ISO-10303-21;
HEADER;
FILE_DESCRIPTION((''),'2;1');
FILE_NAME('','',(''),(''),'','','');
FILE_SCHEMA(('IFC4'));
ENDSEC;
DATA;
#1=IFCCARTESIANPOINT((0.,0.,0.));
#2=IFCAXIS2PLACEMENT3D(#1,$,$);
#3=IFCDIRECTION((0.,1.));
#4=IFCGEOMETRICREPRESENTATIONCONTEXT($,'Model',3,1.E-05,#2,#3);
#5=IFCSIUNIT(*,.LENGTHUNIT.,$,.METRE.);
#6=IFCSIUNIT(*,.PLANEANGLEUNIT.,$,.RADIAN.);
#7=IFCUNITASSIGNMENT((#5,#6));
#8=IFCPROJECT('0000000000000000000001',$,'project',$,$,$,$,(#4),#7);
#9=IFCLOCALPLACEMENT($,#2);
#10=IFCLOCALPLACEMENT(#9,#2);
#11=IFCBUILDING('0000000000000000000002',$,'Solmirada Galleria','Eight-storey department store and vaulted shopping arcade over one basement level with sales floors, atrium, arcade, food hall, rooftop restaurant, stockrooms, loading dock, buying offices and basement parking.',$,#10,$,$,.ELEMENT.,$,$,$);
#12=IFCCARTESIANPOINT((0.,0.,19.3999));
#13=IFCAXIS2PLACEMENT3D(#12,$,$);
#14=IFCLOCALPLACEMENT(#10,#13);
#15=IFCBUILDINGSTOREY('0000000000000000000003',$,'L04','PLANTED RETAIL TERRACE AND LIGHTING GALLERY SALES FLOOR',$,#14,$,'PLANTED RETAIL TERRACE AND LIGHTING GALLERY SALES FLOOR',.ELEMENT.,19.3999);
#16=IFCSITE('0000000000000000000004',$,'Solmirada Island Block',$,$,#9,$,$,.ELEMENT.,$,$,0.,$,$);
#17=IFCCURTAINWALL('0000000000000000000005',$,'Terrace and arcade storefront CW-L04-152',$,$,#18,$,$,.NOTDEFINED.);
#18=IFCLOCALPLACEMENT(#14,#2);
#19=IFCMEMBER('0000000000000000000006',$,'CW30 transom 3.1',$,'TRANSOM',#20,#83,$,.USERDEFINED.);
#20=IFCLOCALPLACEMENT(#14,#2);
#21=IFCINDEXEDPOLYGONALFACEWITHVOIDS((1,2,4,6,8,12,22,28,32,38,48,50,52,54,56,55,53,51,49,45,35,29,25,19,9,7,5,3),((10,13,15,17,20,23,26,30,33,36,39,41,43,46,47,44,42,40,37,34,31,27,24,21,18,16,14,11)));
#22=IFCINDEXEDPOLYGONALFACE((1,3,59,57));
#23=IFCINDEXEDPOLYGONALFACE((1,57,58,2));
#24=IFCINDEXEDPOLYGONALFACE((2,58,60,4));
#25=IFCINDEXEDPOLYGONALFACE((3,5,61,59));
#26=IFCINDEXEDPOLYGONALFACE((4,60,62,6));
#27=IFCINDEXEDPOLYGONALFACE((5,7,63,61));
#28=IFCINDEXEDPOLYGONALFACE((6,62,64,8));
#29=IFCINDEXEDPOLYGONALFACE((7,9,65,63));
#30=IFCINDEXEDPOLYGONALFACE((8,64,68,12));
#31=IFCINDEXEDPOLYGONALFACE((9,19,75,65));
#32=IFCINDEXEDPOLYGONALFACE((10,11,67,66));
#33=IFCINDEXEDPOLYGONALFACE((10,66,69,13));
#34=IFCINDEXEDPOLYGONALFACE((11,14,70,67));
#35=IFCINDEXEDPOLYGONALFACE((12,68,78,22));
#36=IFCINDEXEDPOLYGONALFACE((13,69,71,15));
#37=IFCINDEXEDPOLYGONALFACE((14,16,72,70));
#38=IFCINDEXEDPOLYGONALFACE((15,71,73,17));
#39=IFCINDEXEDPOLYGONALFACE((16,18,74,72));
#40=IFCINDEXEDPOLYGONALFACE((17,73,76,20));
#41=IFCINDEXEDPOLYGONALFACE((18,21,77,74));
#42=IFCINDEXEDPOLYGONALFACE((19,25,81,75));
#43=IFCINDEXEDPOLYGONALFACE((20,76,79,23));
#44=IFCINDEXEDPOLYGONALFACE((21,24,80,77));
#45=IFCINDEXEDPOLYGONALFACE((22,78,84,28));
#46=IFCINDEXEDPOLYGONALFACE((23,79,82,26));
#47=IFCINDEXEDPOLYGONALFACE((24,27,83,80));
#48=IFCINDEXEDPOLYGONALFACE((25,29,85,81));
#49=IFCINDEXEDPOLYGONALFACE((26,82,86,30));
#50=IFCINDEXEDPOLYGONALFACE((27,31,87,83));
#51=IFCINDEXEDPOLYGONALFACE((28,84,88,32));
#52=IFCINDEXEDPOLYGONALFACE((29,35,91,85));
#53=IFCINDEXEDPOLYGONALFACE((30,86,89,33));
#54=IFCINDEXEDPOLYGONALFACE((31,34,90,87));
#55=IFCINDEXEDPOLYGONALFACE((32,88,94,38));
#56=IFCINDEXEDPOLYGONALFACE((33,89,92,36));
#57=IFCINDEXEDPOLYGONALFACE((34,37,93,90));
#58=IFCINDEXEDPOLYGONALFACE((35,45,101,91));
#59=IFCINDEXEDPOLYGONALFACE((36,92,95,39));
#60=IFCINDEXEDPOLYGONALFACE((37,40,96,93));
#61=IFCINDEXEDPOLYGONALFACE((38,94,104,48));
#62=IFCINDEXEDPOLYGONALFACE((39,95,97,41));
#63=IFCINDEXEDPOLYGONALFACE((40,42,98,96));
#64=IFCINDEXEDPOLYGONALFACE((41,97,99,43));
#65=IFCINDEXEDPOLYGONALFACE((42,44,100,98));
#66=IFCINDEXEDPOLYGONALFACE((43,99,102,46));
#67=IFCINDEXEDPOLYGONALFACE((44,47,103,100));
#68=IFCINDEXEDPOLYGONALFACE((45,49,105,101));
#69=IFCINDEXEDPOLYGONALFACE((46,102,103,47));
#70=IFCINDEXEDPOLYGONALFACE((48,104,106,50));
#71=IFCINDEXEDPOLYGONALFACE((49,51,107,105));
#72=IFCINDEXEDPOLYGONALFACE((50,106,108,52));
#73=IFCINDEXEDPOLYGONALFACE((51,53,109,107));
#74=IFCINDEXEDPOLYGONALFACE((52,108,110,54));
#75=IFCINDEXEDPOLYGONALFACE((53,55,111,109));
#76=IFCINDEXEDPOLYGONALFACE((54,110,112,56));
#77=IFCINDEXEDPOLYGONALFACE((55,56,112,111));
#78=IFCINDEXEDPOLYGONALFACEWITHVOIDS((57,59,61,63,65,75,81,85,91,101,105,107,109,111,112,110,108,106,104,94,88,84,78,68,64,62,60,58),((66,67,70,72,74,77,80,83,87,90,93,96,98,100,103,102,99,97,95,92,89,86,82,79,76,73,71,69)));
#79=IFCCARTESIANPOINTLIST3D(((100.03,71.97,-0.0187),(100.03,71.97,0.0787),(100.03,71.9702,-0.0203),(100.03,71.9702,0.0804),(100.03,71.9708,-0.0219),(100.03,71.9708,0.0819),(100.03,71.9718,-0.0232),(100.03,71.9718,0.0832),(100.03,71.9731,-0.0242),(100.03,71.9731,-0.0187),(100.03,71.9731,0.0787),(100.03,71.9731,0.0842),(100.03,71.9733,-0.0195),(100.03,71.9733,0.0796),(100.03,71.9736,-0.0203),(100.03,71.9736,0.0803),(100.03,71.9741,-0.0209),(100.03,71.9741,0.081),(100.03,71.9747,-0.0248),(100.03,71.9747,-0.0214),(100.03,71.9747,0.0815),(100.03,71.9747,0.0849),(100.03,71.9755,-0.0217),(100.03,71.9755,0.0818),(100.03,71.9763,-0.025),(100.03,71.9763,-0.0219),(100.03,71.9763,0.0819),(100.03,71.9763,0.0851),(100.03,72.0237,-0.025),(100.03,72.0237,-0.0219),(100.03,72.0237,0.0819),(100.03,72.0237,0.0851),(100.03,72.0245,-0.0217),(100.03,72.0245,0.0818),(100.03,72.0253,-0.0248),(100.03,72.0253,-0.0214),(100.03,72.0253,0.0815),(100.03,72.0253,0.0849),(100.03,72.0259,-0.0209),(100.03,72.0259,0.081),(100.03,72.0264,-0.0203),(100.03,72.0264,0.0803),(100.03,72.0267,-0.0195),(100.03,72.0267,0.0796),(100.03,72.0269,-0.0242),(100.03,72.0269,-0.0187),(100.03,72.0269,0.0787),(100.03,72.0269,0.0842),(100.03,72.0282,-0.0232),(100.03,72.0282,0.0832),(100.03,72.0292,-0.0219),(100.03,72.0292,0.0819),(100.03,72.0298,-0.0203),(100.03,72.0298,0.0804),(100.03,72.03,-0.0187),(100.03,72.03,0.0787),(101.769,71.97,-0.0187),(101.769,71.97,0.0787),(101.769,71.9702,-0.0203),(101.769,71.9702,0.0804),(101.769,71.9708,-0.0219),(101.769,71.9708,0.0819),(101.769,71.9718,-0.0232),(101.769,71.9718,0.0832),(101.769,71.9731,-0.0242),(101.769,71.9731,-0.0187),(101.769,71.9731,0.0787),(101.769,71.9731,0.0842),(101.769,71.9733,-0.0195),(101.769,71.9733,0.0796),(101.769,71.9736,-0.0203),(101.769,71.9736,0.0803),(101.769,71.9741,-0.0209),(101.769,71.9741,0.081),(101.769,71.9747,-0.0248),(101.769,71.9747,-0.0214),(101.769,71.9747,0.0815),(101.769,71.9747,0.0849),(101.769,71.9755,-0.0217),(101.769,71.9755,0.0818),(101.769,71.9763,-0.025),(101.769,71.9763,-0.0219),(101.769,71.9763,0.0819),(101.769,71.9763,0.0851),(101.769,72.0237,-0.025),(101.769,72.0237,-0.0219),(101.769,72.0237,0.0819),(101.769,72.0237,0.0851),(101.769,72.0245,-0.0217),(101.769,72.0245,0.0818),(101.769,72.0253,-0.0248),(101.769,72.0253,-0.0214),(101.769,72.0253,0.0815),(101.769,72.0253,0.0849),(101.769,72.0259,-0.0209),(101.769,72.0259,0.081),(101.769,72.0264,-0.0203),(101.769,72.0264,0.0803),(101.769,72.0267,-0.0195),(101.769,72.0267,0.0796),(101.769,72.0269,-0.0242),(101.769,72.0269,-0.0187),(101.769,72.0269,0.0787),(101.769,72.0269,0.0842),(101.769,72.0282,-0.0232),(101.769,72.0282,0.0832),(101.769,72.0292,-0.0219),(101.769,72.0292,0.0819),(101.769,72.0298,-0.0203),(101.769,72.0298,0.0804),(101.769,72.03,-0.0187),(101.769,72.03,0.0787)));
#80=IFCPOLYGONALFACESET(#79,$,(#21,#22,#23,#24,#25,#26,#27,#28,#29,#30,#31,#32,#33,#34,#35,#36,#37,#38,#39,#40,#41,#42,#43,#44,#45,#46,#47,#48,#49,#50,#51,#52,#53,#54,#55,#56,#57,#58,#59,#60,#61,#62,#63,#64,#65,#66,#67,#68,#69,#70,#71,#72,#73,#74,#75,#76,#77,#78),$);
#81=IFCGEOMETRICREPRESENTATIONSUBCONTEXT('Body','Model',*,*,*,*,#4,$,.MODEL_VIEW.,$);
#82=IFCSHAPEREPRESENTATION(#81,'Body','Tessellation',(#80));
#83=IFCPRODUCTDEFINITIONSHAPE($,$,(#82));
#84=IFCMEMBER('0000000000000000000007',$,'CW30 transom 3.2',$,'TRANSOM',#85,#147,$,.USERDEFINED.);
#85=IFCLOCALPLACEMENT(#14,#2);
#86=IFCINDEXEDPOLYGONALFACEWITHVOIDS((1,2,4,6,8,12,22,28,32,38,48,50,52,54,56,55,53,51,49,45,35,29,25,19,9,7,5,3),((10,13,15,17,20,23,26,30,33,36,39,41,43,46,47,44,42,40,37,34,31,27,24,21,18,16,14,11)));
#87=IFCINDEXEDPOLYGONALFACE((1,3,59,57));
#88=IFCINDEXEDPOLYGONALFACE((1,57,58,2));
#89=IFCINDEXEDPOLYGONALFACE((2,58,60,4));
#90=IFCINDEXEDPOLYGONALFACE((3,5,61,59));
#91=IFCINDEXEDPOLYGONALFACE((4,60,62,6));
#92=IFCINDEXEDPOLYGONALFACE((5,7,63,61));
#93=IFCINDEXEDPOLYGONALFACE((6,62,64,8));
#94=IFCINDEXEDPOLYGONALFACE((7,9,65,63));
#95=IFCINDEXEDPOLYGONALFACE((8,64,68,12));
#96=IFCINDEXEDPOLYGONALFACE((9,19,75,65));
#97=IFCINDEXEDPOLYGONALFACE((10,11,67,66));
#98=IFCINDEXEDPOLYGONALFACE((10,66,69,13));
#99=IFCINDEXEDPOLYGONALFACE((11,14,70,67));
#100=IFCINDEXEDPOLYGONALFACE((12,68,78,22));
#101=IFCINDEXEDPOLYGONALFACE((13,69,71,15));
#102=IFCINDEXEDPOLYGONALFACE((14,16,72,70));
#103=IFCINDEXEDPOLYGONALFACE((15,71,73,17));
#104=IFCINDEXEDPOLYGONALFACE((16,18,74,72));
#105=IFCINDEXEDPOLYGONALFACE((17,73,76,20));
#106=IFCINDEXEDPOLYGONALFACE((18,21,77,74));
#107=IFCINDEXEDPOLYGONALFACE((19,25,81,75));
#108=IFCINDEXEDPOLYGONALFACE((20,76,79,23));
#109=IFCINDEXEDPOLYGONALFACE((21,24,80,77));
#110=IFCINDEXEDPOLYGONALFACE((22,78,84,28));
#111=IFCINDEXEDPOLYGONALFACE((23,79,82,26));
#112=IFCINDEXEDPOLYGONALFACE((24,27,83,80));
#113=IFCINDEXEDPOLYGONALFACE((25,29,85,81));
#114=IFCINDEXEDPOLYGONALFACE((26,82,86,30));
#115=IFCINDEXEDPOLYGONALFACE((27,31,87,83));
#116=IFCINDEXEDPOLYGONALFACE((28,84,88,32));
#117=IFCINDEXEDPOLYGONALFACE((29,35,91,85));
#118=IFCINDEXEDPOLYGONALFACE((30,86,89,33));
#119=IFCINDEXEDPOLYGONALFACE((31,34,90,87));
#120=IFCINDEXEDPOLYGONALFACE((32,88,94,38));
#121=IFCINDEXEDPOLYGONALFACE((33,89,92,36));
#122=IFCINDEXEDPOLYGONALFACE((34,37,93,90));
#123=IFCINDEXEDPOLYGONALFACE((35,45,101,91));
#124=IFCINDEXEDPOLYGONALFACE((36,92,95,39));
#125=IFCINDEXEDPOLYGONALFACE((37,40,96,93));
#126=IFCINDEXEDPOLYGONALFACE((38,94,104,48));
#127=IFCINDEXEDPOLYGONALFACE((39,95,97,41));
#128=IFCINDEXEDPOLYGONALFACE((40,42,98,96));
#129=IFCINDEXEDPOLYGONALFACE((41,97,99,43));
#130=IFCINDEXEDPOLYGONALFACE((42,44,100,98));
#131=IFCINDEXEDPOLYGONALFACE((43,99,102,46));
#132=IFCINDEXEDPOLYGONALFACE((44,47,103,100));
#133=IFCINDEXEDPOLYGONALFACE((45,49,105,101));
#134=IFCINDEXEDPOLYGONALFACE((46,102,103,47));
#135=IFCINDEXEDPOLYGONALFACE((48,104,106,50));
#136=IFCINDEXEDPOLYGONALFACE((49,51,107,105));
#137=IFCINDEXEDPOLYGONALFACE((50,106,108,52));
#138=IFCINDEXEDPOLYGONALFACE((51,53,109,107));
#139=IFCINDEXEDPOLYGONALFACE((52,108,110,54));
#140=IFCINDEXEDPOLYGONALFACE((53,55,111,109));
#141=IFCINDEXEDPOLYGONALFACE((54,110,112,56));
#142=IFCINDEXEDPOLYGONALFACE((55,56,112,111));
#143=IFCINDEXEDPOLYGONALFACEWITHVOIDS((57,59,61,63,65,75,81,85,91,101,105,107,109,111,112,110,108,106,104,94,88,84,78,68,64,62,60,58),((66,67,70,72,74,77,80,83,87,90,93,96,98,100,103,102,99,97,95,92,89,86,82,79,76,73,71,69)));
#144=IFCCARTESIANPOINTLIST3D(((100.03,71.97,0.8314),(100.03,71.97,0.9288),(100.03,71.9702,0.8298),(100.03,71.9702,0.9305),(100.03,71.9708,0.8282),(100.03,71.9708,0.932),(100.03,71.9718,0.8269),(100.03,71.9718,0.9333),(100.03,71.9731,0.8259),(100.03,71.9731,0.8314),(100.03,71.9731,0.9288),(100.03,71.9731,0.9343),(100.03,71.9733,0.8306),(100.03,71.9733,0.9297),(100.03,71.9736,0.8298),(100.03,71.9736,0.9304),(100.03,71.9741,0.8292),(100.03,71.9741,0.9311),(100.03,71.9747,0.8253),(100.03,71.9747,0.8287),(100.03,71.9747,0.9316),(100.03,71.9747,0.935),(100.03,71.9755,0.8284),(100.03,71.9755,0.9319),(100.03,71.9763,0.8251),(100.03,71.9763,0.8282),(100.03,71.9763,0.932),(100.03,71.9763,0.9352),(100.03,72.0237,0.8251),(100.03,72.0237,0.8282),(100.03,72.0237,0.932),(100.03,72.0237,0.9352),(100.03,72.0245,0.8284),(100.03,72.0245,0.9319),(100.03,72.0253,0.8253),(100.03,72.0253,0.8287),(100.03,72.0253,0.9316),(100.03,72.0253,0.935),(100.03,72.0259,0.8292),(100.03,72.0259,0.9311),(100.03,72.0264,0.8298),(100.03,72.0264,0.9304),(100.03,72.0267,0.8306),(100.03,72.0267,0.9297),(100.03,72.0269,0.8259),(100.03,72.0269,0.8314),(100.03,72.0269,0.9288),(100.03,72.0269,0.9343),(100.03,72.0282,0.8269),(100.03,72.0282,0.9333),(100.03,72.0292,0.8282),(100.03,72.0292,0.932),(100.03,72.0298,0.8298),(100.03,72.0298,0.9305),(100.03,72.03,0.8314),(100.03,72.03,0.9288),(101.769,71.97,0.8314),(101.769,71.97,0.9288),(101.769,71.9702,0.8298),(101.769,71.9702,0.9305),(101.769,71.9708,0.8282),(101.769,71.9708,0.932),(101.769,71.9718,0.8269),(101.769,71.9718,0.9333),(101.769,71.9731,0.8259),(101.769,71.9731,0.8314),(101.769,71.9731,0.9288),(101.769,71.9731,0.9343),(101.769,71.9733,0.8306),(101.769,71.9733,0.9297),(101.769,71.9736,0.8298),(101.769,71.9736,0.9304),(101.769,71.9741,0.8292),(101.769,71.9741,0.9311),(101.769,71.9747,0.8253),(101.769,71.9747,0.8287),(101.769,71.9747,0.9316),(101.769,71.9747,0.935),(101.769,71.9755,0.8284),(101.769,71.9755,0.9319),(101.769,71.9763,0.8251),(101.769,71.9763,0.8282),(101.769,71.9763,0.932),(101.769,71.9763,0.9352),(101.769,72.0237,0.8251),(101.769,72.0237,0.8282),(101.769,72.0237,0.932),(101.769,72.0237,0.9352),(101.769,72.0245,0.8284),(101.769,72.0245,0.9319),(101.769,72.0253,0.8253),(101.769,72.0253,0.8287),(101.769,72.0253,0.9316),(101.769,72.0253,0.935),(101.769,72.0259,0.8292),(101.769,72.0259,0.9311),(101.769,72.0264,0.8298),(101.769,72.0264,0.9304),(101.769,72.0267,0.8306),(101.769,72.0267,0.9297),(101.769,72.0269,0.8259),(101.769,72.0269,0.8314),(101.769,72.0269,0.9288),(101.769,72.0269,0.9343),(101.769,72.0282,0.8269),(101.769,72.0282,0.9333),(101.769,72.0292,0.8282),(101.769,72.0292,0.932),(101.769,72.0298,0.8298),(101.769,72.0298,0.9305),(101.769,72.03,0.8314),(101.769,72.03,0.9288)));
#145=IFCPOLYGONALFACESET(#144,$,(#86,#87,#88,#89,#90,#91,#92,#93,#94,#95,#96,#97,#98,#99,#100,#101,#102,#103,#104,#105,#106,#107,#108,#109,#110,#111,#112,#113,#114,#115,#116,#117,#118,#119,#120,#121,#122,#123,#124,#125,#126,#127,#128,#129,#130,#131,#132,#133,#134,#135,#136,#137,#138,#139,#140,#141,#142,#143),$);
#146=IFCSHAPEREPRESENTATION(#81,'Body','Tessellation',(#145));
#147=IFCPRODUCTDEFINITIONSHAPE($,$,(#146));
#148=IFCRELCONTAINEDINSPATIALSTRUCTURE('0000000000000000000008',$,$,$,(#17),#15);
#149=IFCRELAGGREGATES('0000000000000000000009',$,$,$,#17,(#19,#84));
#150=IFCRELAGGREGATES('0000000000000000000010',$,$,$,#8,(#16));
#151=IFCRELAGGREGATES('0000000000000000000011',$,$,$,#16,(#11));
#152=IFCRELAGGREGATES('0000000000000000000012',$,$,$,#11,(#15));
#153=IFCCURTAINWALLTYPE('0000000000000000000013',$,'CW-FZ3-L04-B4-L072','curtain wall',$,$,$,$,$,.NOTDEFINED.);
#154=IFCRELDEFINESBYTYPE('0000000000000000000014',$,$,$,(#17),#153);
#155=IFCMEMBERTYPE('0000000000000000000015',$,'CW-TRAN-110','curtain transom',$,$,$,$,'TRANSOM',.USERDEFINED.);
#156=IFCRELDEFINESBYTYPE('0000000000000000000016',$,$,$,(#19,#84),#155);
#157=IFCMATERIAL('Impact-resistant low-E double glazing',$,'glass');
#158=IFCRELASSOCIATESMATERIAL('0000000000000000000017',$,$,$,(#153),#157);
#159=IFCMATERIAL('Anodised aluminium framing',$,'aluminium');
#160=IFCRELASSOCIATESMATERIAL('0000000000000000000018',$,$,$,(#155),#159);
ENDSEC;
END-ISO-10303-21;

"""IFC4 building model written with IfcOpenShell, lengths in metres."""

from ifc_helpers import new_model, si_unit, direction, frame, origin, origin_2d, place, context, subcontext, project, spatial, hollow_rectangle, extrude, material, material_profile, profile_set, type_object, element, aggregate, save


model = new_model("IFC4")

# Units and contexts
model_context = context("Model", 3, precision=1e-05, world=origin(), true_north=direction((0.0, 1.0)))
body_context = subcontext(model_context, "Body", "Model", "MODEL_VIEW")
ifc_project = project(units=[si_unit("LENGTHUNIT", "METRE"), si_unit("PLANEANGLEUNIT", "RADIAN")], contexts=[model_context])

# Site, building, storey
site_placement = place(None, origin())
site = spatial("IfcSite", under=ifc_project, at=site_placement, Name="Solmirada Island Block", CompositionType="ELEMENT", RefElevation=0.0)
building_placement = place(site_placement, origin())
building = spatial("IfcBuilding", under=site, at=building_placement, Name="Solmirada Galleria", Description="Eight-storey department store and vaulted shopping arcade over one basement level with sales floors, atrium, arcade, food hall, rooftop restaurant, stockrooms, loading dock, buying offices and basement parking.", CompositionType="ELEMENT")
storey_placement = place(building_placement, frame((0.0, 0.0, 19.3999)))
storey = spatial("IfcBuildingStorey", under=building, at=storey_placement, Name="L04", Description="PLANTED RETAIL TERRACE AND LIGHTING GALLERY SALES FLOOR", LongName="PLANTED RETAIL TERRACE AND LIGHTING GALLERY SALES FLOOR", CompositionType="ELEMENT", Elevation=19.3999)

# Curtain wall, members
ifc_material_1 = material(Name="Impact-resistant low-E double glazing", Category="glass")
curtain_wall_type = type_object("IfcCurtainWallType", Name="CW-FZ3-L04-B4-L072", Description="curtain wall", PredefinedType="NOTDEFINED", material=ifc_material_1)
curtain_wall_placement = place(storey_placement, origin())
curtain_wall = element("IfcCurtainWall", 1, at=curtain_wall_placement, inside=storey, type_object=curtain_wall_type, Name="Terrace and arcade storefront CW-L04-152", PredefinedType="NOTDEFINED")
ifc_material_2 = material(Name="Anodised aluminium framing", Category="aluminium")
ifc_material_profile_1 = material_profile(ifc_material_2, hollow_rectangle(XDim=0.0601, YDim=0.1101, WallThickness=0.0032, InnerFilletRadius=0.0032, OuterFilletRadius=0.0063, at=origin_2d()), Name="ALU-TRAN-110X60")
ifc_profile_set_1 = profile_set([ifc_material_profile_1], Name="Anodised aluminium framing")
member_type_1 = type_object("IfcMemberType", Name="CW-TRAN-110", Description="curtain transom", ElementType="TRANSOM", PredefinedType="USERDEFINED", material=ifc_profile_set_1)
member_1_placement = place(storey_placement, frame((100.03, 72.0, 0.03), z_axis=(1.0, 0.0, 0.0), x_axis=(0.0, 1.0, 0.0)))
member_1 = element("IfcMember", 2, at=member_1_placement, type_object=member_type_1, Name="CW30 transom 3.1", ObjectType="TRANSOM", PredefinedType="USERDEFINED", context=body_context, shape_type="SweptSolid", body=[
    extrude(hollow_rectangle(XDim=0.0601, YDim=0.1101, WallThickness=0.0032, InnerFilletRadius=0.0032, OuterFilletRadius=0.0063, at=origin_2d()), origin(), (0.0, 0.0, 1.0), 1.739),
])
member_2_placement = place(storey_placement, frame((100.03, 72.0, 0.8801), z_axis=(1.0, 0.0, 0.0), x_axis=(0.0, 1.0, 0.0)))
member_2 = element("IfcMember", 3, at=member_2_placement, type_object=member_type_1, Name="CW30 transom 3.2", ObjectType="TRANSOM", PredefinedType="USERDEFINED", context=body_context, shape_type="SweptSolid", body=[
    extrude(hollow_rectangle(XDim=0.0601, YDim=0.1101, WallThickness=0.0032, InnerFilletRadius=0.0032, OuterFilletRadius=0.0063, at=origin_2d()), origin(), (0.0, 0.0, 1.0), 1.739),
])
aggregate(curtain_wall, [member_1, member_2])

save(model, "model.ifc")
